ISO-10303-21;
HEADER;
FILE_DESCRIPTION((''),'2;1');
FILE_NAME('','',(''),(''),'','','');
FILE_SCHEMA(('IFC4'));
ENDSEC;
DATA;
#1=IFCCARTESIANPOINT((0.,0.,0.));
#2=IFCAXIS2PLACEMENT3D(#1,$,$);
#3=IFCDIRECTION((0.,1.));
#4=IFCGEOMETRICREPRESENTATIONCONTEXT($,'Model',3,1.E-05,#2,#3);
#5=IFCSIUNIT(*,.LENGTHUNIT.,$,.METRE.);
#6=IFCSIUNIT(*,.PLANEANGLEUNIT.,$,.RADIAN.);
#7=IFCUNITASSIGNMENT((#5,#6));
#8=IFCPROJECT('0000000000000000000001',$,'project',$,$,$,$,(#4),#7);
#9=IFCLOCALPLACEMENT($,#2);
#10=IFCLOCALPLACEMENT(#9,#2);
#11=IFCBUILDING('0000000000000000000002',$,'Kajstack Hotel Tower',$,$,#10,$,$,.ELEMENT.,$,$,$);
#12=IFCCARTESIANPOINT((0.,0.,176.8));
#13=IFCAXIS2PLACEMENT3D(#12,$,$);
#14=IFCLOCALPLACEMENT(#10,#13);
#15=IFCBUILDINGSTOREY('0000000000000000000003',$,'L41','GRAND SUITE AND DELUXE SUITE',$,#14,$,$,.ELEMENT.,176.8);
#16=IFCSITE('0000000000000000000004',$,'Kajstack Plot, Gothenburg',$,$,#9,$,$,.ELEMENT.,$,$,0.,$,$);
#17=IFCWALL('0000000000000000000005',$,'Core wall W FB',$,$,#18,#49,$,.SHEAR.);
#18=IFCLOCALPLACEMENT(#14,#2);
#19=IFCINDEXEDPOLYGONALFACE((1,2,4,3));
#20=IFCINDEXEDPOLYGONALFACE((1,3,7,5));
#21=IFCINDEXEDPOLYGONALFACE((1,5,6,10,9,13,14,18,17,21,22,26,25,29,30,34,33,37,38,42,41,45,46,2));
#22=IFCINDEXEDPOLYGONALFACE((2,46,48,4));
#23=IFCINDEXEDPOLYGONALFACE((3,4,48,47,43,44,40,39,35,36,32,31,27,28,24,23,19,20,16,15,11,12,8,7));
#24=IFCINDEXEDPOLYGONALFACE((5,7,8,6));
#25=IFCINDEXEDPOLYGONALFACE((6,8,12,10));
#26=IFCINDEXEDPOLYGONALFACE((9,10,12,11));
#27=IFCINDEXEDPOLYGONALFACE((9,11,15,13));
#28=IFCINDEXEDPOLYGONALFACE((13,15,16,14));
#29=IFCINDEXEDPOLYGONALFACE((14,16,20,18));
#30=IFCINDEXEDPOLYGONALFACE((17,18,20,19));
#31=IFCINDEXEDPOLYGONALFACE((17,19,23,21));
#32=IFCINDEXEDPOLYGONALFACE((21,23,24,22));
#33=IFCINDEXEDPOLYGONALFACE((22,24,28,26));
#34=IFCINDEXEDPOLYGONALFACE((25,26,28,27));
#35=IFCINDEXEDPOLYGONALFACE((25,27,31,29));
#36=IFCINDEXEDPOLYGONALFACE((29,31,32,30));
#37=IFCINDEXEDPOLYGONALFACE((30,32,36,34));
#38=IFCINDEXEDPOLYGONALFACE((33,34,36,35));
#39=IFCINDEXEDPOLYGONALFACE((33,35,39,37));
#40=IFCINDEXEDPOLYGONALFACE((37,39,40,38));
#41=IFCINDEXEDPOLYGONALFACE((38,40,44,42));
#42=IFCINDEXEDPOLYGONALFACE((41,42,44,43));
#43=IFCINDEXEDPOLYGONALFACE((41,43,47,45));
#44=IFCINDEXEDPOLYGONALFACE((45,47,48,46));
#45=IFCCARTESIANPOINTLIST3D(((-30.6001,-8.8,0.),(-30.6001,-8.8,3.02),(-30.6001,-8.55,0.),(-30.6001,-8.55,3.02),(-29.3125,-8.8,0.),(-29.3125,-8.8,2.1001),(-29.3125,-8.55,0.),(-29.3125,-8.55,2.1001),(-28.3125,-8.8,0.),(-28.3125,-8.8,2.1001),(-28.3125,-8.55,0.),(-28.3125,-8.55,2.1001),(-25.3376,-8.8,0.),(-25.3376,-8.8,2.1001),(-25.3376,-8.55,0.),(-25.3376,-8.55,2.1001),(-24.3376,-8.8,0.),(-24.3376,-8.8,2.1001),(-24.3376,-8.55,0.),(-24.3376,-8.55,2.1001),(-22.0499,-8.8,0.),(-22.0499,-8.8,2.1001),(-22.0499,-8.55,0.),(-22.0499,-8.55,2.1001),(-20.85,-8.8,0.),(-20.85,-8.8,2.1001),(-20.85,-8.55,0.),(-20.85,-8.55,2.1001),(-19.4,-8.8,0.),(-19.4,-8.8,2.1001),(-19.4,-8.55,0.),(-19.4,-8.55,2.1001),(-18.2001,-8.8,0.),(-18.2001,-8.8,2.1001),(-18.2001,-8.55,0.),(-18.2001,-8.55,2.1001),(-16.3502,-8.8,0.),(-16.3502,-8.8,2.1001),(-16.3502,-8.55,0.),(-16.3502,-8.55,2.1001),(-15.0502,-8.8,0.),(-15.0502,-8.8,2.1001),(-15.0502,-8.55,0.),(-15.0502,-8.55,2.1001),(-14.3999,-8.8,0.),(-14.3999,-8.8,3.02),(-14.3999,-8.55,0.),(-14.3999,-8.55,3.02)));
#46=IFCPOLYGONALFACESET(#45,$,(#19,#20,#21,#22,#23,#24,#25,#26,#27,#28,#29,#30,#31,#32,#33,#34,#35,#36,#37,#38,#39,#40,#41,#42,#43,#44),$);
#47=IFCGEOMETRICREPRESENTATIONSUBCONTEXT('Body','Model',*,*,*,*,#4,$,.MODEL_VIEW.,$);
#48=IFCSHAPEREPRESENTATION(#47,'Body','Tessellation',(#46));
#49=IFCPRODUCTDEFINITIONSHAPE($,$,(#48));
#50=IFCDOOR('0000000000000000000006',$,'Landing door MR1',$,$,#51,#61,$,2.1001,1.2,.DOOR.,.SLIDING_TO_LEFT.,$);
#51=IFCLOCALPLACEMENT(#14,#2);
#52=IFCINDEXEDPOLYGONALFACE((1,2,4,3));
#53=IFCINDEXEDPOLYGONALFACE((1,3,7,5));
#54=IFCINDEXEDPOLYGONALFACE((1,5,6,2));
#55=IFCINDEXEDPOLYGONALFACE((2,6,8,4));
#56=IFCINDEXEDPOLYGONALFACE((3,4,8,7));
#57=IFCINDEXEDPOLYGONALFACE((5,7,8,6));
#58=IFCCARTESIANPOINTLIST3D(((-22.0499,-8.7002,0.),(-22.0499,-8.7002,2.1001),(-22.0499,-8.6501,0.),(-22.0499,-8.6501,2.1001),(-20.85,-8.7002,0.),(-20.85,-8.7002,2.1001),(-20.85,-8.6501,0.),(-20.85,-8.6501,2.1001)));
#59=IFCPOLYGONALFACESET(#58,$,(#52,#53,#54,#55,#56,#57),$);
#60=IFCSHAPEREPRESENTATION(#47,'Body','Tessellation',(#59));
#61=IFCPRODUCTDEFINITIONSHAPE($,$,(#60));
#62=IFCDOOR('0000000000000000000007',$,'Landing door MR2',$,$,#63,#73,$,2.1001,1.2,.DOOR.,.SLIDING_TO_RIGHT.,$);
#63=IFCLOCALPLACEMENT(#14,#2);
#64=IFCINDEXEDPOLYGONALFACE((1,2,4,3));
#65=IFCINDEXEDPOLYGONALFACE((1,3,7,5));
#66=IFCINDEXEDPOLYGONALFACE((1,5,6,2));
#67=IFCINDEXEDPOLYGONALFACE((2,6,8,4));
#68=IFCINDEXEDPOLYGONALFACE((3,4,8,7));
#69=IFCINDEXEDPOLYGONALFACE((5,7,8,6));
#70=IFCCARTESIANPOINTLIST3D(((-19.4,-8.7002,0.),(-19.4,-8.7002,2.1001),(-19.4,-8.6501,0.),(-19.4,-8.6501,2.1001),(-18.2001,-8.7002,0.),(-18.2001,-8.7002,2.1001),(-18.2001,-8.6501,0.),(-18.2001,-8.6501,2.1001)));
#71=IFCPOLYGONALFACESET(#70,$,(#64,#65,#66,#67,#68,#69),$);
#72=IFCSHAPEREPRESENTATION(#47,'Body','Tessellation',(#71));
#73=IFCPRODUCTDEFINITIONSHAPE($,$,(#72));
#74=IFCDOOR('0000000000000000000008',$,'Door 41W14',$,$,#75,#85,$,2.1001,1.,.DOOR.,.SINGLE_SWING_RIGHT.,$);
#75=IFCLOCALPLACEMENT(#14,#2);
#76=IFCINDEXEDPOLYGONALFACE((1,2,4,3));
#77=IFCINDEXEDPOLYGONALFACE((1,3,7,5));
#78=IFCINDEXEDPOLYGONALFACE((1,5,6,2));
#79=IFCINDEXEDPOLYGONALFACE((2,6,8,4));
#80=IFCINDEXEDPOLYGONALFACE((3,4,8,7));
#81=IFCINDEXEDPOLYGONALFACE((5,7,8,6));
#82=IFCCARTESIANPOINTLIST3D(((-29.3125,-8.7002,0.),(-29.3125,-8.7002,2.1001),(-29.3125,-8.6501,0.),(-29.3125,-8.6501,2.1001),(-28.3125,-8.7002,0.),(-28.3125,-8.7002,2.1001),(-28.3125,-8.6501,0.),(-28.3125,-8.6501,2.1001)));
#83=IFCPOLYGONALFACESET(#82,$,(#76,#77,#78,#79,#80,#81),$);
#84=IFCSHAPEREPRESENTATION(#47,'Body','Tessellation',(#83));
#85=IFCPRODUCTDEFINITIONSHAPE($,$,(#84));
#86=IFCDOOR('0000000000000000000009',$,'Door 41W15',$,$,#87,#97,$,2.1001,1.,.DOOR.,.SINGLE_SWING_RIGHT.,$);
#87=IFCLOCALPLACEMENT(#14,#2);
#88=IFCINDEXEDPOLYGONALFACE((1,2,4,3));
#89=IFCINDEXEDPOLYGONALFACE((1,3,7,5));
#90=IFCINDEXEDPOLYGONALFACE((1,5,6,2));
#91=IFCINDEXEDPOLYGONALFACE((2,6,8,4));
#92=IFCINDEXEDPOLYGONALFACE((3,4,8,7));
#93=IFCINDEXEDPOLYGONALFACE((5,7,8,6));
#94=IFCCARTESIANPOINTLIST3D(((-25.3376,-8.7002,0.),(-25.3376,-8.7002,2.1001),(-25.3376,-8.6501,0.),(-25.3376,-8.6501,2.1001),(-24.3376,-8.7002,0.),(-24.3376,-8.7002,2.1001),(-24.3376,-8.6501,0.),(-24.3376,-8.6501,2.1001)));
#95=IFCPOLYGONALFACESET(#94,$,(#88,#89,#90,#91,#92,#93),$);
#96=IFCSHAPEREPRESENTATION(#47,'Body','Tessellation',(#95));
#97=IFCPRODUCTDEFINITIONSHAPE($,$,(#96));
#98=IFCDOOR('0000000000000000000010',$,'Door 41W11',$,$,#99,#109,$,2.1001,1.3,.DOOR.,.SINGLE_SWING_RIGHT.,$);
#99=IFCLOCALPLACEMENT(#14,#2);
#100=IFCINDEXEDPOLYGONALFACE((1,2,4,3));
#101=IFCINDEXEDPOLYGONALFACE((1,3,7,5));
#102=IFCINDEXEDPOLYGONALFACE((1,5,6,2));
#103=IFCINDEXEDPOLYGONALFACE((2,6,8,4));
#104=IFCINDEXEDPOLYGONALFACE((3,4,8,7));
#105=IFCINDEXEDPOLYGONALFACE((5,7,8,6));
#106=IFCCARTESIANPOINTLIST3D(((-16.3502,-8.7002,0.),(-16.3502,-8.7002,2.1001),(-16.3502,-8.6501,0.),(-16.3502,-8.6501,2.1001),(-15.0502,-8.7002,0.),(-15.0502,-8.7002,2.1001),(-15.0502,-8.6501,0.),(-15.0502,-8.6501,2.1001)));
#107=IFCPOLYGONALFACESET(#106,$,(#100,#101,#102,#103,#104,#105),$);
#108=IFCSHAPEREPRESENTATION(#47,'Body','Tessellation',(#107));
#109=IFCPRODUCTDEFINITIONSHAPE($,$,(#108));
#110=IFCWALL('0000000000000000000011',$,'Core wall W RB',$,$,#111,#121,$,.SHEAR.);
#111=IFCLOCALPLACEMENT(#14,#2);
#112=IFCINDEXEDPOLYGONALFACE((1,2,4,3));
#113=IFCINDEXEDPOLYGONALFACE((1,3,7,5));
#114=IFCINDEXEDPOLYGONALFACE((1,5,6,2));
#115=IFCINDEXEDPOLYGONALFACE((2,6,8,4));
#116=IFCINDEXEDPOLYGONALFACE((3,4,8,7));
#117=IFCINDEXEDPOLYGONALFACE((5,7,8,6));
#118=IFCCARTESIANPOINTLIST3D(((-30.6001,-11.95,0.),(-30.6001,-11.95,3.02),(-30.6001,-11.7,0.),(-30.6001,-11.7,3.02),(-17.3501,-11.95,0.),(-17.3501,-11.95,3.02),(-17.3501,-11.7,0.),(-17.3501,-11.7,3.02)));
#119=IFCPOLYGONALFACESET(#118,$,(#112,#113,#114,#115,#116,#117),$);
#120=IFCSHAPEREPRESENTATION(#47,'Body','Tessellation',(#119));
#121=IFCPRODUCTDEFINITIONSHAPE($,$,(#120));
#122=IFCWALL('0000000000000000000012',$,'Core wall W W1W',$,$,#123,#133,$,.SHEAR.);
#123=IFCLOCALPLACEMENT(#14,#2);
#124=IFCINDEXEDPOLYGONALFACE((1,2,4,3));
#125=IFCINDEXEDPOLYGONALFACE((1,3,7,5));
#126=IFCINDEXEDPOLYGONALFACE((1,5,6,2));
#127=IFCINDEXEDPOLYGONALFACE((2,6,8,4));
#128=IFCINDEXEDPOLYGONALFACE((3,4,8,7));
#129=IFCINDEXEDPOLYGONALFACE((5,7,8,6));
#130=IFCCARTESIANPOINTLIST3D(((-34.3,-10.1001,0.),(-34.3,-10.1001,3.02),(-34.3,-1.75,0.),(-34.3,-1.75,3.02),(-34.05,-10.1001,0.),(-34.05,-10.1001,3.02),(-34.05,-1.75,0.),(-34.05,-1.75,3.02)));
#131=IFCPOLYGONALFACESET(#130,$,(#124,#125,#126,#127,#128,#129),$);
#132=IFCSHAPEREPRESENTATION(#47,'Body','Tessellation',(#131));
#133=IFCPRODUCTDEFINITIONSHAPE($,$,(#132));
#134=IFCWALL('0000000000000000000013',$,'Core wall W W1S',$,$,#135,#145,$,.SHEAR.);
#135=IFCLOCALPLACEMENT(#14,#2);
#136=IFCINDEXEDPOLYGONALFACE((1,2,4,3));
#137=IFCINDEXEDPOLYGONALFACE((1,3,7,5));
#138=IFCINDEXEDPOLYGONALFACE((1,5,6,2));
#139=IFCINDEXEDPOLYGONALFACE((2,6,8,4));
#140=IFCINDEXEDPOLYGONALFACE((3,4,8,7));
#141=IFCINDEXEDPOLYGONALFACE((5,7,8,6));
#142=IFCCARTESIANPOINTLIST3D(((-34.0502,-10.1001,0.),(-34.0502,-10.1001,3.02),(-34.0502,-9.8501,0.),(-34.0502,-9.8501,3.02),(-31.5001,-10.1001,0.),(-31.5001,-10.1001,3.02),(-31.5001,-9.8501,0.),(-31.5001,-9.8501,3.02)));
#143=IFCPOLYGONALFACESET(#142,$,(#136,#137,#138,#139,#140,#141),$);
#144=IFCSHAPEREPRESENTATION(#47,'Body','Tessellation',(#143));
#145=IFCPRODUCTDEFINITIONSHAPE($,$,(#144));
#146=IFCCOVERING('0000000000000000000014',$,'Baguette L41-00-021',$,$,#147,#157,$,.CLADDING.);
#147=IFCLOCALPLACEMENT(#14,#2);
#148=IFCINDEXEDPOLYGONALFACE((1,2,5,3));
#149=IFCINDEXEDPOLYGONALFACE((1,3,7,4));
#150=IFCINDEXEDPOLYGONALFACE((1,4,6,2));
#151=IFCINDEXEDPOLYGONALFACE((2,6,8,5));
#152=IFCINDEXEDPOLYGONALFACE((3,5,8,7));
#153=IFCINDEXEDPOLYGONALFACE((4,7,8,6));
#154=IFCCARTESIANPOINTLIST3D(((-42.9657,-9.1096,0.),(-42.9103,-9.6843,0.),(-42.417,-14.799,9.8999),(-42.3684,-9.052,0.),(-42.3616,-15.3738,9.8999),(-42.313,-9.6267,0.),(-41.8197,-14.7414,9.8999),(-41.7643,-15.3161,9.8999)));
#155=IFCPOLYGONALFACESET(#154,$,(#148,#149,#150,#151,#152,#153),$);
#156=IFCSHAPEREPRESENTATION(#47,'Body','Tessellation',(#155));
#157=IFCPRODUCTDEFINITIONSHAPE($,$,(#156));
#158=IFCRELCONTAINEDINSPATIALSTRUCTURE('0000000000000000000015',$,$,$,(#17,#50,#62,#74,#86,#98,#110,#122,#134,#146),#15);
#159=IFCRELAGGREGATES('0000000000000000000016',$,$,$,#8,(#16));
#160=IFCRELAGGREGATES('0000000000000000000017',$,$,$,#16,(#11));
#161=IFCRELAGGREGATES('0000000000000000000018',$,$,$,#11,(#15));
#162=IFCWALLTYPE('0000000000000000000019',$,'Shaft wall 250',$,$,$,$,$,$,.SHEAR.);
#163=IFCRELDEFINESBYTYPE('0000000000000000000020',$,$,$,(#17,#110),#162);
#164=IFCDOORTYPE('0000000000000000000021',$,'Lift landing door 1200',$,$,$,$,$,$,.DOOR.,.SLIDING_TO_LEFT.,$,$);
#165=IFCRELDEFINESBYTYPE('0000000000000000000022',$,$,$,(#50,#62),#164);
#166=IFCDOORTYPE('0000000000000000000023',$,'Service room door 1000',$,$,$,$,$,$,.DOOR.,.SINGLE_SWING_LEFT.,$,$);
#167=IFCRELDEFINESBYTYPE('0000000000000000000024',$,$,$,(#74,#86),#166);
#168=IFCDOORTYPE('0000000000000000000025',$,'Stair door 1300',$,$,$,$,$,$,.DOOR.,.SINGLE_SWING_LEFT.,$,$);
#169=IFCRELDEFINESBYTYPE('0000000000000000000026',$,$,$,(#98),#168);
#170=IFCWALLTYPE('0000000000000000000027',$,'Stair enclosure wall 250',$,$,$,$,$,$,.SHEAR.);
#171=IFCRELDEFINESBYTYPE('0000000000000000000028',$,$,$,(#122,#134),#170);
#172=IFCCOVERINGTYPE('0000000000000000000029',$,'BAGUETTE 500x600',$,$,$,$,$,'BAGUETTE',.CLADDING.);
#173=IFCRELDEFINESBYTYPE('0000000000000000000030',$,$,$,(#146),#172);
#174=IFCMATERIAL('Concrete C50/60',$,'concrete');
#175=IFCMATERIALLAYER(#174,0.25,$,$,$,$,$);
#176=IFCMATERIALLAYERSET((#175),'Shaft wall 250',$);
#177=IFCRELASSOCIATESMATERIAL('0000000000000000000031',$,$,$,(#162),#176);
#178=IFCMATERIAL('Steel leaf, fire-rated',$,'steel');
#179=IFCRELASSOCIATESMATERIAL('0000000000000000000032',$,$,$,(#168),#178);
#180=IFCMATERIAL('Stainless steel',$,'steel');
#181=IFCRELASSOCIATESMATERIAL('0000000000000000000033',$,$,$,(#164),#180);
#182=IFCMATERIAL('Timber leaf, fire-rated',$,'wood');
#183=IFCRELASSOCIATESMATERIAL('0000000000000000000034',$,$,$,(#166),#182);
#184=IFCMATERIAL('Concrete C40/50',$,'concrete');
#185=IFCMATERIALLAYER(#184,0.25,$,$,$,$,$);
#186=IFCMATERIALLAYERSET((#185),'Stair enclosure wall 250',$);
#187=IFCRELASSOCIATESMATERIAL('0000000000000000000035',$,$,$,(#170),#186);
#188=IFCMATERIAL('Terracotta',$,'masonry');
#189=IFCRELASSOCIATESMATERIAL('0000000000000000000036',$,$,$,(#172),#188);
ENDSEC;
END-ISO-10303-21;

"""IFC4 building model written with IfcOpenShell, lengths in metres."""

from ifc_helpers import new_model, si_unit, direction, frame, frame_2d, origin, origin_2d, place, context, subcontext, project, spatial, polyline, rectangle, outline, extrude, material, layer, layer_set, material_profile, profile_set, type_object, element, fill, save


model = new_model("IFC4")

# Units and contexts
model_context = context("Model", 3, precision=1e-05, world=origin(), true_north=direction((0.0, 1.0)))
body_context = subcontext(model_context, "Body", "Model", "MODEL_VIEW")
ifc_project = project(units=[si_unit("LENGTHUNIT", "METRE"), si_unit("PLANEANGLEUNIT", "RADIAN")], contexts=[model_context])

# Site, building, storey
site_placement = place(None, origin())
site = spatial("IfcSite", under=ifc_project, at=site_placement, Name="Kajstack Plot, Gothenburg", CompositionType="ELEMENT", RefElevation=0.0)
building_placement = place(site_placement, origin())
building = spatial("IfcBuilding", under=site, at=building_placement, Name="Kajstack Hotel Tower", CompositionType="ELEMENT")
storey_placement = place(building_placement, frame((0.0, 0.0, 176.8)))
storey = spatial("IfcBuildingStorey", under=building, at=storey_placement, Name="L41", Description="GRAND SUITE AND DELUXE SUITE", CompositionType="ELEMENT", Elevation=176.8)

# Shared definitions
ifc_material_1 = material(Name="Stainless steel", Category="steel")

# Wall, openings, doors
ifc_material_2 = material(Name="Concrete C50/60", Category="concrete")
ifc_layer_1 = layer(ifc_material_2, 0.25)
ifc_layer_set_1 = layer_set([ifc_layer_1], Name="Shaft wall 250")
wall_type_1 = type_object("IfcWallType", Name="Shaft wall 250", PredefinedType="SHEAR", material=ifc_layer_set_1)
ifc_material_3 = material(Name="Timber leaf, fire-rated", Category="wood")
ifc_material_4 = material(Name="Steel leaf, fire-rated", Category="steel")
door_type_1 = type_object("IfcDoorType", Name="Stair door 1300", OperationType="SINGLE_SWING_LEFT", PredefinedType="DOOR", material=ifc_material_4)
wall_1_placement = place(storey_placement, frame((-30.6001, -8.675, 0.0), z_axis=(0.0, 0.0, 1.0), x_axis=(1.0, 0.0, 0.0)))
wall_1 = element("IfcWall", 1, at=wall_1_placement, inside=storey, type_object=wall_type_1, Name="Core wall W FB", PredefinedType="SHEAR", context=body_context, shape_type="SweptSolid", body=[
    extrude(rectangle(XDim=16.2002, YDim=0.25, at=frame_2d((8.1001, 0.0))), origin(), (0.0, 0.0, 1.0), 3.02),
])
opening_1_placement = place(wall_1_placement, frame((8.55, 0.0, 0.0)))
opening_1 = element("IfcOpeningElement", 2, at=opening_1_placement, cuts=wall_1, PredefinedType="OPENING", context=body_context, shape_type="SweptSolid", body=[
    extrude(rectangle(XDim=1.2, YDim=2.1001, at=frame_2d((0.6001, 1.05))), frame((0.0, 0.135, 0.0), z_axis=(0.0, -1.0, 0.0), x_axis=(1.0, 0.0, 0.0)), (0.0, 0.0, 1.0), 0.27),
])
opening_2_placement = place(wall_1_placement, frame((11.2, 0.0, 0.0)))
opening_2 = element("IfcOpeningElement", 3, at=opening_2_placement, cuts=wall_1, PredefinedType="OPENING", context=body_context, shape_type="SweptSolid", body=[
    extrude(rectangle(XDim=1.2, YDim=2.1001, at=frame_2d((0.6001, 1.05))), frame((0.0, 0.135, 0.0), z_axis=(0.0, -1.0, 0.0), x_axis=(1.0, 0.0, 0.0)), (0.0, 0.0, 1.0), 0.27),
])
opening_3_placement = place(wall_1_placement, frame((14.25, 0.0, 0.0)))
opening_3 = element("IfcOpeningElement", 4, at=opening_3_placement, cuts=wall_1, PredefinedType="OPENING", context=body_context, shape_type="SweptSolid", body=[
    extrude(rectangle(XDim=1.3, YDim=2.1001, at=frame_2d((0.6499, 1.05))), frame((0.0, 0.135, 0.0), z_axis=(0.0, -1.0, 0.0), x_axis=(1.0, 0.0, 0.0)), (0.0, 0.0, 1.0), 0.27),
])
opening_4_placement = place(wall_1_placement, frame((1.2876, 0.0, 0.0)))
opening_4 = element("IfcOpeningElement", 5, at=opening_4_placement, cuts=wall_1, PredefinedType="OPENING", context=body_context, shape_type="SweptSolid", body=[
    extrude(rectangle(XDim=1.0, YDim=2.1001, at=frame_2d((0.5, 1.05))), frame((0.0, 0.135, 0.0), z_axis=(0.0, -1.0, 0.0), x_axis=(1.0, 0.0, 0.0)), (0.0, 0.0, 1.0), 0.27),
])
opening_5_placement = place(wall_1_placement, frame((5.2625, 0.0, 0.0)))
opening_5 = element("IfcOpeningElement", 6, at=opening_5_placement, cuts=wall_1, PredefinedType="OPENING", context=body_context, shape_type="SweptSolid", body=[
    extrude(rectangle(XDim=1.0, YDim=2.1001, at=frame_2d((0.5, 1.05))), frame((0.0, 0.135, 0.0), z_axis=(0.0, -1.0, 0.0), x_axis=(1.0, 0.0, 0.0)), (0.0, 0.0, 1.0), 0.27),
])
door_type_2 = type_object("IfcDoorType", Name="Lift landing door 1200", OperationType="SLIDING_TO_LEFT", PredefinedType="DOOR", material=ifc_material_1)
door_1_placement = place(opening_1_placement, origin())
door_1 = element("IfcDoor", 7, at=door_1_placement, inside=storey, type_object=door_type_2, Name="Landing door MR1", OperationType="SLIDING_TO_LEFT", OverallHeight=2.1001, OverallWidth=1.2, PredefinedType="DOOR", context=body_context, shape_type="SweptSolid", body=[
    extrude(rectangle(XDim=1.2, YDim=2.1001, at=frame_2d((0.6001, 1.05))), frame((0.0, 0.0249, 0.0), z_axis=(0.0, -1.0, 0.0), x_axis=(1.0, 0.0, 0.0)), (0.0, 0.0, 1.0), 0.05),
])
fill(opening_1, door_1)
door_2_placement = place(opening_2_placement, origin())
door_2 = element("IfcDoor", 8, at=door_2_placement, inside=storey, type_object=door_type_2, Name="Landing door MR2", OperationType="SLIDING_TO_RIGHT", OverallHeight=2.1001, OverallWidth=1.2, PredefinedType="DOOR", context=body_context, shape_type="SweptSolid", body=[
    extrude(rectangle(XDim=1.2, YDim=2.1001, at=frame_2d((0.6001, 1.05))), frame((0.0, 0.0249, 0.0), z_axis=(0.0, -1.0, 0.0), x_axis=(1.0, 0.0, 0.0)), (0.0, 0.0, 1.0), 0.05),
])
fill(opening_2, door_2)
door_type_3 = type_object("IfcDoorType", Name="Service room door 1000", OperationType="SINGLE_SWING_LEFT", PredefinedType="DOOR", material=ifc_material_3)
door_3_placement = place(opening_4_placement, origin())
door_3 = element("IfcDoor", 9, at=door_3_placement, inside=storey, type_object=door_type_3, Name="Door 41W14", OperationType="SINGLE_SWING_RIGHT", OverallHeight=2.1001, OverallWidth=1.0, PredefinedType="DOOR", context=body_context, shape_type="SweptSolid", body=[
    extrude(rectangle(XDim=1.0, YDim=2.1001, at=frame_2d((0.5, 1.05))), frame((0.0, 0.0249, 0.0), z_axis=(0.0, -1.0, 0.0), x_axis=(1.0, 0.0, 0.0)), (0.0, 0.0, 1.0), 0.05),
])
fill(opening_4, door_3)
door_4_placement = place(opening_5_placement, origin())
door_4 = element("IfcDoor", 10, at=door_4_placement, inside=storey, type_object=door_type_3, Name="Door 41W15", OperationType="SINGLE_SWING_RIGHT", OverallHeight=2.1001, OverallWidth=1.0, PredefinedType="DOOR", context=body_context, shape_type="SweptSolid", body=[
    extrude(rectangle(XDim=1.0, YDim=2.1001, at=frame_2d((0.5, 1.05))), frame((0.0, 0.0249, 0.0), z_axis=(0.0, -1.0, 0.0), x_axis=(1.0, 0.0, 0.0)), (0.0, 0.0, 1.0), 0.05),
])
fill(opening_5, door_4)
door_5_placement = place(opening_3_placement, origin())
door_5 = element("IfcDoor", 11, at=door_5_placement, inside=storey, type_object=door_type_1, Name="Door 41W11", OperationType="SINGLE_SWING_RIGHT", OverallHeight=2.1001, OverallWidth=1.3, PredefinedType="DOOR", context=body_context, shape_type="SweptSolid", body=[
    extrude(rectangle(XDim=1.3, YDim=2.1001, at=frame_2d((0.6499, 1.05))), frame((0.0, 0.0249, 0.0), z_axis=(0.0, -1.0, 0.0), x_axis=(1.0, 0.0, 0.0)), (0.0, 0.0, 1.0), 0.05),
])
fill(opening_3, door_5)

# Walls
wall_2_placement = place(storey_placement, frame((-30.6001, -11.825, 0.0), z_axis=(0.0, 0.0, 1.0), x_axis=(1.0, 0.0, 0.0)))
element("IfcWall", 12, at=wall_2_placement, inside=storey, type_object=wall_type_1, Name="Core wall W RB", PredefinedType="SHEAR", context=body_context, shape_type="SweptSolid", body=[
    extrude(rectangle(XDim=13.25, YDim=0.25, at=frame_2d((6.625, 0.0))), origin(), (0.0, 0.0, 1.0), 3.02),
])
ifc_material_5 = material(Name="Concrete C40/50", Category="concrete")
ifc_layer_2 = layer(ifc_material_5, 0.25)
ifc_layer_set_2 = layer_set([ifc_layer_2], Name="Stair enclosure wall 250")
wall_type_2 = type_object("IfcWallType", Name="Stair enclosure wall 250", PredefinedType="SHEAR", material=ifc_layer_set_2)
wall_3_placement = place(storey_placement, frame((-34.175, -10.1001, 0.0), z_axis=(0.0, 0.0, 1.0), x_axis=(0.0, 1.0, 0.0)))
element("IfcWall", 13, at=wall_3_placement, inside=storey, type_object=wall_type_2, Name="Core wall W W1W", PredefinedType="SHEAR", context=body_context, shape_type="SweptSolid", body=[
    extrude(rectangle(XDim=8.3501, YDim=0.25, at=frame_2d((4.175, 0.0))), origin(), (0.0, 0.0, 1.0), 3.02),
])
wall_4_placement = place(storey_placement, frame((-34.05, -9.9751, 0.0), z_axis=(0.0, 0.0, 1.0), x_axis=(1.0, 0.0, 0.0)))
element("IfcWall", 14, at=wall_4_placement, inside=storey, type_object=wall_type_2, Name="Core wall W W1S", PredefinedType="SHEAR", context=body_context, shape_type="SweptSolid", body=[
    extrude(rectangle(XDim=2.55, YDim=0.25, at=frame_2d((1.2749, 0.0))), origin(), (0.0, 0.0, 1.0), 3.02),
])

# Covering
ifc_material_6 = material(Name="Terracotta", Category="masonry")
ifc_material_profile = material_profile(ifc_material_6, rectangle(XDim=0.6001, YDim=0.5, at=origin_2d()), Name="Terracotta-clad concrete baguette 500 x 600")
ifc_profile_set = profile_set([ifc_material_profile], Name="Terracotta")
covering_type = type_object("IfcCoveringType", Name="BAGUETTE 500x600", ElementType="BAGUETTE", PredefinedType="CLADDING", material=ifc_profile_set)
covering_1_placement = place(storey_placement, frame((-42.3684, -9.052, 0.0), z_axis=(-0.995381, -0.095999, 0.0), x_axis=(0.095999, -0.995381, 0.0)))
element("IfcCovering", 15, at=covering_1_placement, inside=storey, type_object=covering_type, Name="Baguette L41-00-021", PredefinedType="CLADDING", context=body_context, shape_type="SweptSolid", body=[
    extrude(outline(polyline([(5.7158, 9.8999), (0.0, 0.0), (0.5774, 0.0), (6.2932, 9.8999), (5.7158, 9.8999)])), origin(), (0.0, 0.0, 1.0), 0.6001),
])

save(model, "model.ifc")
